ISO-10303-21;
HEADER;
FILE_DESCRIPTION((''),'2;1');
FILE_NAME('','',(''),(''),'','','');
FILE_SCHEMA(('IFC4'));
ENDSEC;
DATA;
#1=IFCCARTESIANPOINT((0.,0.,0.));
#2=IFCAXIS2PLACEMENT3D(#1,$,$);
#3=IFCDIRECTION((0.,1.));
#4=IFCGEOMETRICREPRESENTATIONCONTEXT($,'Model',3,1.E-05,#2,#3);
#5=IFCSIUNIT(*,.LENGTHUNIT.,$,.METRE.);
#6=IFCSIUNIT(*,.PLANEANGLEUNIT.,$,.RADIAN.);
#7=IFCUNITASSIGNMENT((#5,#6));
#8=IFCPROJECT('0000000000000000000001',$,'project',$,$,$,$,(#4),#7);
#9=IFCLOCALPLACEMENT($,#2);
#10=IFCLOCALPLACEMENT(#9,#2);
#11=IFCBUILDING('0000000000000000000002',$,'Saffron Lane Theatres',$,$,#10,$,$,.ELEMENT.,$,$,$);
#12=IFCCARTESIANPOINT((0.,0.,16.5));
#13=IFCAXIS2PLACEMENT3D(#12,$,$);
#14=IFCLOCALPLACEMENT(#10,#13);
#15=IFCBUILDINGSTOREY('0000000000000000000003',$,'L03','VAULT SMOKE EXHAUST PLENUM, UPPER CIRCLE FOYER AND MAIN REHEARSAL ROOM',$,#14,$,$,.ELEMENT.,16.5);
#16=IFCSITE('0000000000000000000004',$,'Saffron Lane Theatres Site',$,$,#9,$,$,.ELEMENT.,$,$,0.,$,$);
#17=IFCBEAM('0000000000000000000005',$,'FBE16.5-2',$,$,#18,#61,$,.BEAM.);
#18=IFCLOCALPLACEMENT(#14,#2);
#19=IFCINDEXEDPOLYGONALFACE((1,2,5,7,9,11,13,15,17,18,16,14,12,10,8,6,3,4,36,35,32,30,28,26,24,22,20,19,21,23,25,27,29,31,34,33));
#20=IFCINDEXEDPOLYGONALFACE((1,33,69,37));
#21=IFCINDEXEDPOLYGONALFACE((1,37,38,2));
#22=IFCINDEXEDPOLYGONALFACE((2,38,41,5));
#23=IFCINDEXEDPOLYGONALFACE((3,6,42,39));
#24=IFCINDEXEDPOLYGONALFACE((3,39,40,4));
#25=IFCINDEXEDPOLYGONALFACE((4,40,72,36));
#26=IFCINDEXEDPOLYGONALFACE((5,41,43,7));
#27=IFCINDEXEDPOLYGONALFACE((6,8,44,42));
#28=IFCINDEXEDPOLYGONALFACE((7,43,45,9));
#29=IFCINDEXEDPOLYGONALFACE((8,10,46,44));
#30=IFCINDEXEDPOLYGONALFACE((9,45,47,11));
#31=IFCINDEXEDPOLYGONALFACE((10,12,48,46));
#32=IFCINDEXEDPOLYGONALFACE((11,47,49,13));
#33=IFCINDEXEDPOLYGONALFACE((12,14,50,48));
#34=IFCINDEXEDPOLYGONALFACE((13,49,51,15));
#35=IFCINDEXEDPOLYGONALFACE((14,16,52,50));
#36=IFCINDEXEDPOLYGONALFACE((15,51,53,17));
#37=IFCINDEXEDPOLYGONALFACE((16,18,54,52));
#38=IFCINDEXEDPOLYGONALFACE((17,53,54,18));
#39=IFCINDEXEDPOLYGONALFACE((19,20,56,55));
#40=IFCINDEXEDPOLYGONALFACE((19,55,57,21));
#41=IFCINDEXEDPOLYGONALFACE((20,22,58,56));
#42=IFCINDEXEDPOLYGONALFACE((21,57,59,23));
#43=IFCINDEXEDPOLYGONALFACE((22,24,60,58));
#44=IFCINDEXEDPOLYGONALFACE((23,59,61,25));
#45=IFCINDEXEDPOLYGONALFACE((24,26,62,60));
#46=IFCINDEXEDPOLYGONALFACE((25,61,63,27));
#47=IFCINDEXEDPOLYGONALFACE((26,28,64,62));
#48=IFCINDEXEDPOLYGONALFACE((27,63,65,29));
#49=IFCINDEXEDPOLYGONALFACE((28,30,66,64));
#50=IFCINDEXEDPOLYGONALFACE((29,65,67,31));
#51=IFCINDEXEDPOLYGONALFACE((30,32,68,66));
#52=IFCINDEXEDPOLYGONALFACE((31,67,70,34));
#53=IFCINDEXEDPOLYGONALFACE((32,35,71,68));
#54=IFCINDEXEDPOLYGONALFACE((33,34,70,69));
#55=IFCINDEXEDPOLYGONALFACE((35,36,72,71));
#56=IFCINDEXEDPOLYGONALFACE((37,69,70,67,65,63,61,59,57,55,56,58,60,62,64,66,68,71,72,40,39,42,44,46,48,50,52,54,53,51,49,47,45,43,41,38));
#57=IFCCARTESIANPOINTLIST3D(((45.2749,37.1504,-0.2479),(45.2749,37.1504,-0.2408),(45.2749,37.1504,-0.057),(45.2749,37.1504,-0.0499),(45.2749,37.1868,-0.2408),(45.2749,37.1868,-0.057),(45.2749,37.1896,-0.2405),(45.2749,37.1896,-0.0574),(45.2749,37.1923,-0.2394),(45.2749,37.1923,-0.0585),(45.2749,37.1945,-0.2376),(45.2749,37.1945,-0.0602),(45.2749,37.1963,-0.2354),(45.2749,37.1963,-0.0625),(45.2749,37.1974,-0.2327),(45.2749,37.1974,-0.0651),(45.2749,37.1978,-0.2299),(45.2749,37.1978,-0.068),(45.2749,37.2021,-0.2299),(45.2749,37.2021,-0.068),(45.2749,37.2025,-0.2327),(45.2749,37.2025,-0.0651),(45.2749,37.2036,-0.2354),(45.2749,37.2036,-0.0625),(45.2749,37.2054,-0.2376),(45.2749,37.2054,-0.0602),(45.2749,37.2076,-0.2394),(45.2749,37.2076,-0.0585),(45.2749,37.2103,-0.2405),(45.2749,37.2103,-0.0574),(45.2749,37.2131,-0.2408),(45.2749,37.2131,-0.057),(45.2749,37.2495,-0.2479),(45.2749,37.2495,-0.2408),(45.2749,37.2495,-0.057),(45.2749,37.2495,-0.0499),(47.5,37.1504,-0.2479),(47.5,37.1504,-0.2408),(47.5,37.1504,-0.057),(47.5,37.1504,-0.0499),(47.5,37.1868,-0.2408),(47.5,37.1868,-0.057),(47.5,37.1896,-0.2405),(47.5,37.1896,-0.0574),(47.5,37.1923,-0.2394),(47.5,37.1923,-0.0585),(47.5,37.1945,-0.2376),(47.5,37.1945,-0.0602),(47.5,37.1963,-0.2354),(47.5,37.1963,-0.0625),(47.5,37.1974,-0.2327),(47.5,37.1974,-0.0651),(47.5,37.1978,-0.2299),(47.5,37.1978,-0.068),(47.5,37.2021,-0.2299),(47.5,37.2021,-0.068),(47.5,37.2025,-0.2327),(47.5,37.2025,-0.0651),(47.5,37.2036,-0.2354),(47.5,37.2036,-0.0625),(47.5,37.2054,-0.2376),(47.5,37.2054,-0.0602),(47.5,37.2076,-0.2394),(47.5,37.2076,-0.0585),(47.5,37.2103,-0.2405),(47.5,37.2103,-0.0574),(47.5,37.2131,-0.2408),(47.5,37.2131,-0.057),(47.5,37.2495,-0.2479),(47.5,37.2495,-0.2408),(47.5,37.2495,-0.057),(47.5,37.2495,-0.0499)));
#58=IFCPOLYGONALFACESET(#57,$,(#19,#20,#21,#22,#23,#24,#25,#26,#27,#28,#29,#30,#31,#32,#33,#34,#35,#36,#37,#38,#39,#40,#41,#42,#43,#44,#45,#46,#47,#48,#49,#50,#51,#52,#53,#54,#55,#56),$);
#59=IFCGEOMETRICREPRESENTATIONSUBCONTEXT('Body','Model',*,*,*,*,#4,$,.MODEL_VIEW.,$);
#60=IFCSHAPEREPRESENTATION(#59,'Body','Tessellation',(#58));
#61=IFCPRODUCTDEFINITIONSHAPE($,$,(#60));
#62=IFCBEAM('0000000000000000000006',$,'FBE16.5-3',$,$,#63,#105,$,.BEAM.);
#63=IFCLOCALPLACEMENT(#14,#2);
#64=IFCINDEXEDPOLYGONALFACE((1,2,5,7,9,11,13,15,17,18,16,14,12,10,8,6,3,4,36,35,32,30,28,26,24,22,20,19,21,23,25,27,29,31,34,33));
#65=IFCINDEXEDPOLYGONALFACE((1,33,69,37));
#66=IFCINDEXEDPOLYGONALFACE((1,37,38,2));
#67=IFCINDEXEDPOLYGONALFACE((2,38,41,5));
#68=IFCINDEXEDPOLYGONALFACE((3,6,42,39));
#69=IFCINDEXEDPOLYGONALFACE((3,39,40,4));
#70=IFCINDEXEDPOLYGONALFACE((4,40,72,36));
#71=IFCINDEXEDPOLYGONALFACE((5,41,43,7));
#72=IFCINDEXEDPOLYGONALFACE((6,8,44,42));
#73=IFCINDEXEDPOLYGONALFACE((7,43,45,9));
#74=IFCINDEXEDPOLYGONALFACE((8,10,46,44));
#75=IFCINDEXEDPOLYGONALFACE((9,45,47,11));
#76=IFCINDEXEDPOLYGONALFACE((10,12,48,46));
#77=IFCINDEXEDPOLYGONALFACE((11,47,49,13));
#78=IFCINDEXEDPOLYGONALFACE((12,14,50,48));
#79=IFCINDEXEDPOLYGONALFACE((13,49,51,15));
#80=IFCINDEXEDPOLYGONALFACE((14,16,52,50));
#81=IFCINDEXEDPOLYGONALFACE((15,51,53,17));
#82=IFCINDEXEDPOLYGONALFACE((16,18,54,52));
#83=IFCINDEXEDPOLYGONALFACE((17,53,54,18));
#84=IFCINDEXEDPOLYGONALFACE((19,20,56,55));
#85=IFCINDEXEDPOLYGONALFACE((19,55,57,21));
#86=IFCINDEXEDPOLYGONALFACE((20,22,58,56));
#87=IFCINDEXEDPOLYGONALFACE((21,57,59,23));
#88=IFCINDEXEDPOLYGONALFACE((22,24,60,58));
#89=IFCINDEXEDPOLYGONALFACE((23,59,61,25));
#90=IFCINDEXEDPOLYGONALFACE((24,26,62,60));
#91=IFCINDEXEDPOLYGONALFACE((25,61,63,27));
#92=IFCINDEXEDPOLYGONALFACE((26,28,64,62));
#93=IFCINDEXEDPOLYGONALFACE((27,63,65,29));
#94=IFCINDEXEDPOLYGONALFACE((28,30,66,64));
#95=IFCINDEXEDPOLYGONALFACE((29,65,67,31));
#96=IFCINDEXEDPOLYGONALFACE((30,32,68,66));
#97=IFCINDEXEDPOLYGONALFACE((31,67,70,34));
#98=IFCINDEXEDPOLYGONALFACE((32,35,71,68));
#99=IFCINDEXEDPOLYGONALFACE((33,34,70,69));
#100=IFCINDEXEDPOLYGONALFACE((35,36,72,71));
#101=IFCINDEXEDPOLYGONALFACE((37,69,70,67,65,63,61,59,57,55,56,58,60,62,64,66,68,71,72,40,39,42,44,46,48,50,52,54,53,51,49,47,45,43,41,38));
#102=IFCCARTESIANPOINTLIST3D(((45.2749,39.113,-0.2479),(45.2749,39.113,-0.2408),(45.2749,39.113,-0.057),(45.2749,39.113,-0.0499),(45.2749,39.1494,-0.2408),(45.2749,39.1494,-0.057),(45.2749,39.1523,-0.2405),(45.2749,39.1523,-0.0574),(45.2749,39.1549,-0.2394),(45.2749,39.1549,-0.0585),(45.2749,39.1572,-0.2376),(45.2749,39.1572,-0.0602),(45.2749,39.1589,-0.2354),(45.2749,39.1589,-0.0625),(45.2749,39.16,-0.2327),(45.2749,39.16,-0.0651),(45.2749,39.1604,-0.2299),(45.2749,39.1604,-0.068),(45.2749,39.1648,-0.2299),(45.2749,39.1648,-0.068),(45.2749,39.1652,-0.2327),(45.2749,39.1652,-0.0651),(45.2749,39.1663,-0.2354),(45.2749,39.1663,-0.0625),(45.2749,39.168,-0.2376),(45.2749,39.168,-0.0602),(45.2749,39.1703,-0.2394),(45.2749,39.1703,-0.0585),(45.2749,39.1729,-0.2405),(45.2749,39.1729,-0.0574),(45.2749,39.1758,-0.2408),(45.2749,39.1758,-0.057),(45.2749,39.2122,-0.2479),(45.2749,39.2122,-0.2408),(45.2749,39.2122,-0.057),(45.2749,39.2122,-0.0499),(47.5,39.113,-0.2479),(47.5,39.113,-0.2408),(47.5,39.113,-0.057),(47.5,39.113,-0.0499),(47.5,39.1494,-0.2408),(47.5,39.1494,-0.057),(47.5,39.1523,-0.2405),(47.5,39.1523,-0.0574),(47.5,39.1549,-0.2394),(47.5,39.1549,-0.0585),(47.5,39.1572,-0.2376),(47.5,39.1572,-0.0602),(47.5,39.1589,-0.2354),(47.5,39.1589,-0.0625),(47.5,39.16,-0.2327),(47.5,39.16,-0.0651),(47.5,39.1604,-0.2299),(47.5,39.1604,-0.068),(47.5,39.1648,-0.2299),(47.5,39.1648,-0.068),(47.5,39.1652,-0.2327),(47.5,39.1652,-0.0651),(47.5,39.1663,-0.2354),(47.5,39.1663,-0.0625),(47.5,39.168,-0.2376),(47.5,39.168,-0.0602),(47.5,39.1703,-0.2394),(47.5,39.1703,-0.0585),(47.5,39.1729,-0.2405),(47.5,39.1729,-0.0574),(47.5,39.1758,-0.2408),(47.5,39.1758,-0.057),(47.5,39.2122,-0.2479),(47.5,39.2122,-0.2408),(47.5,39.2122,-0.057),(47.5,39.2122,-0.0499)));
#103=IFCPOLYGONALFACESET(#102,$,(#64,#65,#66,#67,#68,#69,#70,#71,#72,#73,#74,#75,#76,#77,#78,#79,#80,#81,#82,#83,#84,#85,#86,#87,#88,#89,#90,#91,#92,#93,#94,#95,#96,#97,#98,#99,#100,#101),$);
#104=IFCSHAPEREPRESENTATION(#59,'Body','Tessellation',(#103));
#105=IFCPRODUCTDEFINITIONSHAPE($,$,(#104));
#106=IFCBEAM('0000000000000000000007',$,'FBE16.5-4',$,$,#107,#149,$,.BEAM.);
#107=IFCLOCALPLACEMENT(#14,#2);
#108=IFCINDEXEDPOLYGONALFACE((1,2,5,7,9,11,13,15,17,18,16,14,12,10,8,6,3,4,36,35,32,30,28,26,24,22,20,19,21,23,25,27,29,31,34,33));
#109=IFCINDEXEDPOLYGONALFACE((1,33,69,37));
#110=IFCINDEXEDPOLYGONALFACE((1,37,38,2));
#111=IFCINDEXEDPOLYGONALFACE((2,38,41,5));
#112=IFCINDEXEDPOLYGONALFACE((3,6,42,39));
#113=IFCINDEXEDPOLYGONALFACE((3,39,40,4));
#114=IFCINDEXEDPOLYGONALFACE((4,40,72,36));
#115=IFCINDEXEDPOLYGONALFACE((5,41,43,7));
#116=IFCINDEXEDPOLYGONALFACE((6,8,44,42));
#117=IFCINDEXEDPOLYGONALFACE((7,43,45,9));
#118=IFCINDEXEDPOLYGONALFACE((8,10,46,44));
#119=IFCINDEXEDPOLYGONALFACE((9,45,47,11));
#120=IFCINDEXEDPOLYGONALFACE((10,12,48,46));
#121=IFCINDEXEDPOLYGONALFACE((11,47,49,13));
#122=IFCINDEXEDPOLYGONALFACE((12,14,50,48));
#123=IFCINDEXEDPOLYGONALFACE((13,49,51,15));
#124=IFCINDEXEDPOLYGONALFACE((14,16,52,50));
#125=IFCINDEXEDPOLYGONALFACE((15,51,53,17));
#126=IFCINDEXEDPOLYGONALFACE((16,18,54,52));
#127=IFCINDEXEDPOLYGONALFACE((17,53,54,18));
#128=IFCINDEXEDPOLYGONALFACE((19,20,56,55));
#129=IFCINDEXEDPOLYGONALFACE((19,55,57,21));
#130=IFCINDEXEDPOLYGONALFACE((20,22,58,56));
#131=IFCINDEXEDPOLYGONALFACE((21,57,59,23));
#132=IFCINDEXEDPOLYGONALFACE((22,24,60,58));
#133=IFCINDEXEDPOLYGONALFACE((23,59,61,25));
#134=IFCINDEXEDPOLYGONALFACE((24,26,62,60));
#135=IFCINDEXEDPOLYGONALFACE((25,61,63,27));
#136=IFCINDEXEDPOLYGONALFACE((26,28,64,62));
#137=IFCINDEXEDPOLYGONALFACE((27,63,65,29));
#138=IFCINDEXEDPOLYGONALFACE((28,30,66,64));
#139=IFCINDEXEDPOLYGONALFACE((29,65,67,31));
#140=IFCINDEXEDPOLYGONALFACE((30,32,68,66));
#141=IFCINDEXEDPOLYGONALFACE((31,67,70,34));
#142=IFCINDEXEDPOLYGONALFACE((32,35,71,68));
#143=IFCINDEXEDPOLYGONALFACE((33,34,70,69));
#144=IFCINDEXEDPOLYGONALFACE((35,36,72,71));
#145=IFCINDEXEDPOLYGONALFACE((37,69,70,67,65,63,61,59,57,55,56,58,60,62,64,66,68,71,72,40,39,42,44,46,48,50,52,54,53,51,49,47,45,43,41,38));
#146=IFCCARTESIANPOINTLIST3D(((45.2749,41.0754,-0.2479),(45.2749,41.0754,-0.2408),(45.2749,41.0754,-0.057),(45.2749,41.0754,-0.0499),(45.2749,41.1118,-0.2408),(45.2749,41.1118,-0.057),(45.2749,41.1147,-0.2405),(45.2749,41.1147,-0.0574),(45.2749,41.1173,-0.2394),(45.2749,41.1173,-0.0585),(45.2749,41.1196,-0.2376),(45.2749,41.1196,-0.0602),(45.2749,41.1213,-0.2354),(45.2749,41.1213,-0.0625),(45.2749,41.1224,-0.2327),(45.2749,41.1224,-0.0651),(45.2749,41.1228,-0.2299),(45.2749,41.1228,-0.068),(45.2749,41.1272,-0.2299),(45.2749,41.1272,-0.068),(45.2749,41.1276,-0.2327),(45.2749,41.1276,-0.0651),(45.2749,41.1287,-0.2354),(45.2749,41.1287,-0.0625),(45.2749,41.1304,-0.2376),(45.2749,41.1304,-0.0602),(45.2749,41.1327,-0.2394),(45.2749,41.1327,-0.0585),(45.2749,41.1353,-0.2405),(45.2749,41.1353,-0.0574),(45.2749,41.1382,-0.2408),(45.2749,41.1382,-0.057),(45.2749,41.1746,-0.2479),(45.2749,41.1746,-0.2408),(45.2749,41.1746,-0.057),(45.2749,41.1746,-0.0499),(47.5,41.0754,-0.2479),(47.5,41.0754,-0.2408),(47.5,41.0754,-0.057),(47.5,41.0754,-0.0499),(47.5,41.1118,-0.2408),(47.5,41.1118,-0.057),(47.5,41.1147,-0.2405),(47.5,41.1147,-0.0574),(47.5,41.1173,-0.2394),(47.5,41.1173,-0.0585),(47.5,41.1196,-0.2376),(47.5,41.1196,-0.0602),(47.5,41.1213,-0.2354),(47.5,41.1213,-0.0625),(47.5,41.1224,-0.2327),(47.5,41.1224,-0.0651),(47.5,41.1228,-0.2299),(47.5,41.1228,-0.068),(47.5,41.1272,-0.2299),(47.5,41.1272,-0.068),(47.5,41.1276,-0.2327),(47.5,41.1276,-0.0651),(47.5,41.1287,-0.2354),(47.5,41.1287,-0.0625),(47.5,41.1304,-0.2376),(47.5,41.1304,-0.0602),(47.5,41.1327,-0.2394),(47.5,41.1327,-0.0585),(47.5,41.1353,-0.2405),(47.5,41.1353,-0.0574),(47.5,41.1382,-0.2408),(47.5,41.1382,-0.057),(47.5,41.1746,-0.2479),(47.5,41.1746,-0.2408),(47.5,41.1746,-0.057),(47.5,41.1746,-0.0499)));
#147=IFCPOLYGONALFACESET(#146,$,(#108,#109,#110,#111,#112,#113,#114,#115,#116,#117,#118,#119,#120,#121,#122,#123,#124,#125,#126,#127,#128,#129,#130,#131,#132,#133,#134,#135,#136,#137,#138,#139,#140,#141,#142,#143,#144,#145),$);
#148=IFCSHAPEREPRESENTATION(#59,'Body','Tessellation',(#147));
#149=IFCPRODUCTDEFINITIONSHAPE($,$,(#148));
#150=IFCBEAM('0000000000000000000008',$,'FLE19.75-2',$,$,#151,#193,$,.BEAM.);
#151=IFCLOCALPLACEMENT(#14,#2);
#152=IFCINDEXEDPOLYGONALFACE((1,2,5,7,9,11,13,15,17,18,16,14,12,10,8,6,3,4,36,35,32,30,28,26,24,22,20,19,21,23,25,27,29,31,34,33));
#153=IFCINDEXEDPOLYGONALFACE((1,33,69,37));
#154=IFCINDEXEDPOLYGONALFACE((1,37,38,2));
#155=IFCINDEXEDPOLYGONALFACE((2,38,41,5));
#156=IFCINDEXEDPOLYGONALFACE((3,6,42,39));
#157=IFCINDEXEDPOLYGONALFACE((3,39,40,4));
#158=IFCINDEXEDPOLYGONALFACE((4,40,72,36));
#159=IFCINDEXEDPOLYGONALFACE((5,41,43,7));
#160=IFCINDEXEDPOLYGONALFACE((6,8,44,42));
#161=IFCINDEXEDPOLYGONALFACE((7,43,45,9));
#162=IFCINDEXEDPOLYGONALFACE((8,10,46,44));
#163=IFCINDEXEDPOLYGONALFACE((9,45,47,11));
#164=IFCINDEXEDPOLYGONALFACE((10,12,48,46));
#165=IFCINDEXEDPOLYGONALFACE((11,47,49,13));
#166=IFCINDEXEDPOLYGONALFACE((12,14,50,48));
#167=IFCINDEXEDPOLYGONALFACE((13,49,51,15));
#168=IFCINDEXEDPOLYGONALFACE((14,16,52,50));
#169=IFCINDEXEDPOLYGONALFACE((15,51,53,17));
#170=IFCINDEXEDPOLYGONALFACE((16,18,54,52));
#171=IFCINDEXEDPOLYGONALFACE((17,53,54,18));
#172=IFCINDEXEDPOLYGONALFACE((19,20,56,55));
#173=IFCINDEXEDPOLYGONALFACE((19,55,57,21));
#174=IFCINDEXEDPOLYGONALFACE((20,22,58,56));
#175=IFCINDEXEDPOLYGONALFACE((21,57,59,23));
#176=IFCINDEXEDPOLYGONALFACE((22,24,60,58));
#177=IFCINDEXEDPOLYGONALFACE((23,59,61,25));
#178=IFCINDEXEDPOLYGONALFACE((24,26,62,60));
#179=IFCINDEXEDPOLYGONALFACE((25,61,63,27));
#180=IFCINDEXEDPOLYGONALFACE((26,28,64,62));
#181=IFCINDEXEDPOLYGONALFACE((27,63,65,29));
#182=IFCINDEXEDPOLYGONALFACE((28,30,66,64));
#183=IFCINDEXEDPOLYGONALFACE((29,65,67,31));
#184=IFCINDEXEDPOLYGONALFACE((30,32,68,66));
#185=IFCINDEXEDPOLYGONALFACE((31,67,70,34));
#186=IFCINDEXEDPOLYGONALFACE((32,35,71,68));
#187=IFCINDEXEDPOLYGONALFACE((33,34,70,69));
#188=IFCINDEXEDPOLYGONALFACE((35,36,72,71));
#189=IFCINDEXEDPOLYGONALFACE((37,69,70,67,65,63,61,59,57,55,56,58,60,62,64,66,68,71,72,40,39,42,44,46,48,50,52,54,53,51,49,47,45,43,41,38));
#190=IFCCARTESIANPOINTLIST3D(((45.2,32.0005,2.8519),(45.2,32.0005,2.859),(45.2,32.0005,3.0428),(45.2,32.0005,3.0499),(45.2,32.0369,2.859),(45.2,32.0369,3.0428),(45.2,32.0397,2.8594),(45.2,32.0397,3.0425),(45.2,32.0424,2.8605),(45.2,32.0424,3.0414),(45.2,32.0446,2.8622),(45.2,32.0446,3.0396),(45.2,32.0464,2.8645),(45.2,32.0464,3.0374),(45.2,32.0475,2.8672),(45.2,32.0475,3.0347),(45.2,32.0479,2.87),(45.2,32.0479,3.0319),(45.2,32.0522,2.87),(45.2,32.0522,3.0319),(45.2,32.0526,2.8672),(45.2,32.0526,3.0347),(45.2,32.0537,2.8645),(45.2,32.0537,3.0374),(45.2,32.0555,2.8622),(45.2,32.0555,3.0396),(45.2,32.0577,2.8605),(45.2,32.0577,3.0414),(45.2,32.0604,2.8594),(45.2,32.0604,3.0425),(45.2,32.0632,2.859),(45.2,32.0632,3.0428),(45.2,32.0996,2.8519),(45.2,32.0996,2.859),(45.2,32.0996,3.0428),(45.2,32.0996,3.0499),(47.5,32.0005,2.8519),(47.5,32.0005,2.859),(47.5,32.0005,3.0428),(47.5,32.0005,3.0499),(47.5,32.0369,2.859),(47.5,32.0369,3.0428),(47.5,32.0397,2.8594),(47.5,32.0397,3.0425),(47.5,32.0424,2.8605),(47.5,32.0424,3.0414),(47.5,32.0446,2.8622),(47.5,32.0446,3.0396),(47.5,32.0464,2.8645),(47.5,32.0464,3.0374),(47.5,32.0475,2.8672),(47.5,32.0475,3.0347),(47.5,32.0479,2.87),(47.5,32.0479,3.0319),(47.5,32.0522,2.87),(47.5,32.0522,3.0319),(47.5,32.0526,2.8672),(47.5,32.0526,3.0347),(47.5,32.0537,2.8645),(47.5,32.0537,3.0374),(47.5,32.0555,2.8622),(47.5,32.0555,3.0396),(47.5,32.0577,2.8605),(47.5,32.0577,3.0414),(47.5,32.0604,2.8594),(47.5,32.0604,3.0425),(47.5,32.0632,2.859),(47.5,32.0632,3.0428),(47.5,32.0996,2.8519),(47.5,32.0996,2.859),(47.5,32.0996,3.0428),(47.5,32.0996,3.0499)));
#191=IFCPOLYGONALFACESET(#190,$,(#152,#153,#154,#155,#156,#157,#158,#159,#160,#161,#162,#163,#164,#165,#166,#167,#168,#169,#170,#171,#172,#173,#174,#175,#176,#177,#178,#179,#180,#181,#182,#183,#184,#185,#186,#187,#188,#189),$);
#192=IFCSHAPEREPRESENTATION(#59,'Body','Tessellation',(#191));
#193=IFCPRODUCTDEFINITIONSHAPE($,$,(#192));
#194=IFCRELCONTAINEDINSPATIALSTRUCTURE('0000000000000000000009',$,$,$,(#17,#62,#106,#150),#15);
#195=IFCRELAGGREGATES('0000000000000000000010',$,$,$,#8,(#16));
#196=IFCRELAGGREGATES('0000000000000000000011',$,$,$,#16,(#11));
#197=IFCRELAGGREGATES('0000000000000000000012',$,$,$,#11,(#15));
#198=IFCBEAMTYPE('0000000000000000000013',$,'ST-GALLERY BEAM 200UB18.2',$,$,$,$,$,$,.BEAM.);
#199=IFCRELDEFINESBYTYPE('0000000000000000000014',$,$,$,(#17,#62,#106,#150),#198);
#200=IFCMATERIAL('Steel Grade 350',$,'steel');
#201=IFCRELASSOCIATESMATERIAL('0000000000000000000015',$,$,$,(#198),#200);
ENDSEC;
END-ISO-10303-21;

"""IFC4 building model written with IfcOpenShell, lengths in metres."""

from ifc_helpers import new_model, si_unit, direction, frame, origin, origin_2d, place, context, subcontext, project, spatial, i_section, extrude, material, material_profile, profile_set, type_object, element, save


model = new_model("IFC4")

# Units and contexts
model_context = context("Model", 3, precision=1e-05, world=origin(), true_north=direction((0.0, 1.0)))
body_context = subcontext(model_context, "Body", "Model", "MODEL_VIEW")
ifc_project = project(units=[si_unit("LENGTHUNIT", "METRE"), si_unit("PLANEANGLEUNIT", "RADIAN")], contexts=[model_context])

# Site, building, storey
site_placement = place(None, origin())
site = spatial("IfcSite", under=ifc_project, at=site_placement, Name="Saffron Lane Theatres Site", CompositionType="ELEMENT", RefElevation=0.0)
building_placement = place(site_placement, origin())
building = spatial("IfcBuilding", under=site, at=building_placement, Name="Saffron Lane Theatres", CompositionType="ELEMENT")
storey_placement = place(building_placement, frame((0.0, 0.0, 16.5)))
storey = spatial("IfcBuildingStorey", under=building, at=storey_placement, Name="L03", Description="VAULT SMOKE EXHAUST PLENUM, UPPER CIRCLE FOYER AND MAIN REHEARSAL ROOM", CompositionType="ELEMENT", Elevation=16.5)

# Beams
ifc_material_1 = material(Name="Steel Grade 350", Category="steel")
ifc_material_profile_1 = material_profile(ifc_material_1, i_section(OverallWidth=0.0991, OverallDepth=0.198, WebThickness=0.0044, FlangeThickness=0.0071, FilletRadius=0.011, at=origin_2d()))
ifc_profile_set_1 = profile_set([ifc_material_profile_1], Name="Steel Grade 350")
beam_type_1 = type_object("IfcBeamType", Name="ST-GALLERY BEAM 200UB18.2", PredefinedType="BEAM", material=ifc_profile_set_1)
for number, where, z_axis, x_axis, name in (
    (1, (45.2749, 37.2, -0.1489), (1.0, 0.0, 0.0), (0.0, 1.0, 0.0), "FBE16.5-2"),
    (2, (45.2749, 39.1626, -0.1489), (1.0, 0.0, 0.0), (0.0, 1.0, 0.0), "FBE16.5-3"),
    (3, (45.2749, 41.125, -0.1489), (1.0, 0.0, 0.0), (0.0, 1.0, 0.0), "FBE16.5-4"),
):
    element("IfcBeam", number, at=place(storey_placement, frame(where, z_axis=z_axis, x_axis=x_axis)), inside=storey, type_object=beam_type_1, Name=name, PredefinedType="BEAM", context=body_context, shape_type="SweptSolid", body=[
        extrude(i_section(OverallWidth=0.0991, OverallDepth=0.198, WebThickness=0.0044, FlangeThickness=0.0071, FilletRadius=0.011, at=origin_2d()), origin(), (0.0, 0.0, 1.0), 2.2251),
    ])
beam_1_placement = place(storey_placement, frame((45.2, 32.05, 2.9509), z_axis=(1.0, 0.0, 0.0), x_axis=(0.0, 1.0, 0.0)))
element("IfcBeam", 4, at=beam_1_placement, inside=storey, type_object=beam_type_1, Name="FLE19.75-2", PredefinedType="BEAM", context=body_context, shape_type="SweptSolid", body=[
    extrude(i_section(OverallWidth=0.0991, OverallDepth=0.198, WebThickness=0.0044, FlangeThickness=0.0071, FilletRadius=0.011, at=origin_2d()), origin(), (0.0, 0.0, 1.0), 2.3),
])

save(model, "model.ifc")
